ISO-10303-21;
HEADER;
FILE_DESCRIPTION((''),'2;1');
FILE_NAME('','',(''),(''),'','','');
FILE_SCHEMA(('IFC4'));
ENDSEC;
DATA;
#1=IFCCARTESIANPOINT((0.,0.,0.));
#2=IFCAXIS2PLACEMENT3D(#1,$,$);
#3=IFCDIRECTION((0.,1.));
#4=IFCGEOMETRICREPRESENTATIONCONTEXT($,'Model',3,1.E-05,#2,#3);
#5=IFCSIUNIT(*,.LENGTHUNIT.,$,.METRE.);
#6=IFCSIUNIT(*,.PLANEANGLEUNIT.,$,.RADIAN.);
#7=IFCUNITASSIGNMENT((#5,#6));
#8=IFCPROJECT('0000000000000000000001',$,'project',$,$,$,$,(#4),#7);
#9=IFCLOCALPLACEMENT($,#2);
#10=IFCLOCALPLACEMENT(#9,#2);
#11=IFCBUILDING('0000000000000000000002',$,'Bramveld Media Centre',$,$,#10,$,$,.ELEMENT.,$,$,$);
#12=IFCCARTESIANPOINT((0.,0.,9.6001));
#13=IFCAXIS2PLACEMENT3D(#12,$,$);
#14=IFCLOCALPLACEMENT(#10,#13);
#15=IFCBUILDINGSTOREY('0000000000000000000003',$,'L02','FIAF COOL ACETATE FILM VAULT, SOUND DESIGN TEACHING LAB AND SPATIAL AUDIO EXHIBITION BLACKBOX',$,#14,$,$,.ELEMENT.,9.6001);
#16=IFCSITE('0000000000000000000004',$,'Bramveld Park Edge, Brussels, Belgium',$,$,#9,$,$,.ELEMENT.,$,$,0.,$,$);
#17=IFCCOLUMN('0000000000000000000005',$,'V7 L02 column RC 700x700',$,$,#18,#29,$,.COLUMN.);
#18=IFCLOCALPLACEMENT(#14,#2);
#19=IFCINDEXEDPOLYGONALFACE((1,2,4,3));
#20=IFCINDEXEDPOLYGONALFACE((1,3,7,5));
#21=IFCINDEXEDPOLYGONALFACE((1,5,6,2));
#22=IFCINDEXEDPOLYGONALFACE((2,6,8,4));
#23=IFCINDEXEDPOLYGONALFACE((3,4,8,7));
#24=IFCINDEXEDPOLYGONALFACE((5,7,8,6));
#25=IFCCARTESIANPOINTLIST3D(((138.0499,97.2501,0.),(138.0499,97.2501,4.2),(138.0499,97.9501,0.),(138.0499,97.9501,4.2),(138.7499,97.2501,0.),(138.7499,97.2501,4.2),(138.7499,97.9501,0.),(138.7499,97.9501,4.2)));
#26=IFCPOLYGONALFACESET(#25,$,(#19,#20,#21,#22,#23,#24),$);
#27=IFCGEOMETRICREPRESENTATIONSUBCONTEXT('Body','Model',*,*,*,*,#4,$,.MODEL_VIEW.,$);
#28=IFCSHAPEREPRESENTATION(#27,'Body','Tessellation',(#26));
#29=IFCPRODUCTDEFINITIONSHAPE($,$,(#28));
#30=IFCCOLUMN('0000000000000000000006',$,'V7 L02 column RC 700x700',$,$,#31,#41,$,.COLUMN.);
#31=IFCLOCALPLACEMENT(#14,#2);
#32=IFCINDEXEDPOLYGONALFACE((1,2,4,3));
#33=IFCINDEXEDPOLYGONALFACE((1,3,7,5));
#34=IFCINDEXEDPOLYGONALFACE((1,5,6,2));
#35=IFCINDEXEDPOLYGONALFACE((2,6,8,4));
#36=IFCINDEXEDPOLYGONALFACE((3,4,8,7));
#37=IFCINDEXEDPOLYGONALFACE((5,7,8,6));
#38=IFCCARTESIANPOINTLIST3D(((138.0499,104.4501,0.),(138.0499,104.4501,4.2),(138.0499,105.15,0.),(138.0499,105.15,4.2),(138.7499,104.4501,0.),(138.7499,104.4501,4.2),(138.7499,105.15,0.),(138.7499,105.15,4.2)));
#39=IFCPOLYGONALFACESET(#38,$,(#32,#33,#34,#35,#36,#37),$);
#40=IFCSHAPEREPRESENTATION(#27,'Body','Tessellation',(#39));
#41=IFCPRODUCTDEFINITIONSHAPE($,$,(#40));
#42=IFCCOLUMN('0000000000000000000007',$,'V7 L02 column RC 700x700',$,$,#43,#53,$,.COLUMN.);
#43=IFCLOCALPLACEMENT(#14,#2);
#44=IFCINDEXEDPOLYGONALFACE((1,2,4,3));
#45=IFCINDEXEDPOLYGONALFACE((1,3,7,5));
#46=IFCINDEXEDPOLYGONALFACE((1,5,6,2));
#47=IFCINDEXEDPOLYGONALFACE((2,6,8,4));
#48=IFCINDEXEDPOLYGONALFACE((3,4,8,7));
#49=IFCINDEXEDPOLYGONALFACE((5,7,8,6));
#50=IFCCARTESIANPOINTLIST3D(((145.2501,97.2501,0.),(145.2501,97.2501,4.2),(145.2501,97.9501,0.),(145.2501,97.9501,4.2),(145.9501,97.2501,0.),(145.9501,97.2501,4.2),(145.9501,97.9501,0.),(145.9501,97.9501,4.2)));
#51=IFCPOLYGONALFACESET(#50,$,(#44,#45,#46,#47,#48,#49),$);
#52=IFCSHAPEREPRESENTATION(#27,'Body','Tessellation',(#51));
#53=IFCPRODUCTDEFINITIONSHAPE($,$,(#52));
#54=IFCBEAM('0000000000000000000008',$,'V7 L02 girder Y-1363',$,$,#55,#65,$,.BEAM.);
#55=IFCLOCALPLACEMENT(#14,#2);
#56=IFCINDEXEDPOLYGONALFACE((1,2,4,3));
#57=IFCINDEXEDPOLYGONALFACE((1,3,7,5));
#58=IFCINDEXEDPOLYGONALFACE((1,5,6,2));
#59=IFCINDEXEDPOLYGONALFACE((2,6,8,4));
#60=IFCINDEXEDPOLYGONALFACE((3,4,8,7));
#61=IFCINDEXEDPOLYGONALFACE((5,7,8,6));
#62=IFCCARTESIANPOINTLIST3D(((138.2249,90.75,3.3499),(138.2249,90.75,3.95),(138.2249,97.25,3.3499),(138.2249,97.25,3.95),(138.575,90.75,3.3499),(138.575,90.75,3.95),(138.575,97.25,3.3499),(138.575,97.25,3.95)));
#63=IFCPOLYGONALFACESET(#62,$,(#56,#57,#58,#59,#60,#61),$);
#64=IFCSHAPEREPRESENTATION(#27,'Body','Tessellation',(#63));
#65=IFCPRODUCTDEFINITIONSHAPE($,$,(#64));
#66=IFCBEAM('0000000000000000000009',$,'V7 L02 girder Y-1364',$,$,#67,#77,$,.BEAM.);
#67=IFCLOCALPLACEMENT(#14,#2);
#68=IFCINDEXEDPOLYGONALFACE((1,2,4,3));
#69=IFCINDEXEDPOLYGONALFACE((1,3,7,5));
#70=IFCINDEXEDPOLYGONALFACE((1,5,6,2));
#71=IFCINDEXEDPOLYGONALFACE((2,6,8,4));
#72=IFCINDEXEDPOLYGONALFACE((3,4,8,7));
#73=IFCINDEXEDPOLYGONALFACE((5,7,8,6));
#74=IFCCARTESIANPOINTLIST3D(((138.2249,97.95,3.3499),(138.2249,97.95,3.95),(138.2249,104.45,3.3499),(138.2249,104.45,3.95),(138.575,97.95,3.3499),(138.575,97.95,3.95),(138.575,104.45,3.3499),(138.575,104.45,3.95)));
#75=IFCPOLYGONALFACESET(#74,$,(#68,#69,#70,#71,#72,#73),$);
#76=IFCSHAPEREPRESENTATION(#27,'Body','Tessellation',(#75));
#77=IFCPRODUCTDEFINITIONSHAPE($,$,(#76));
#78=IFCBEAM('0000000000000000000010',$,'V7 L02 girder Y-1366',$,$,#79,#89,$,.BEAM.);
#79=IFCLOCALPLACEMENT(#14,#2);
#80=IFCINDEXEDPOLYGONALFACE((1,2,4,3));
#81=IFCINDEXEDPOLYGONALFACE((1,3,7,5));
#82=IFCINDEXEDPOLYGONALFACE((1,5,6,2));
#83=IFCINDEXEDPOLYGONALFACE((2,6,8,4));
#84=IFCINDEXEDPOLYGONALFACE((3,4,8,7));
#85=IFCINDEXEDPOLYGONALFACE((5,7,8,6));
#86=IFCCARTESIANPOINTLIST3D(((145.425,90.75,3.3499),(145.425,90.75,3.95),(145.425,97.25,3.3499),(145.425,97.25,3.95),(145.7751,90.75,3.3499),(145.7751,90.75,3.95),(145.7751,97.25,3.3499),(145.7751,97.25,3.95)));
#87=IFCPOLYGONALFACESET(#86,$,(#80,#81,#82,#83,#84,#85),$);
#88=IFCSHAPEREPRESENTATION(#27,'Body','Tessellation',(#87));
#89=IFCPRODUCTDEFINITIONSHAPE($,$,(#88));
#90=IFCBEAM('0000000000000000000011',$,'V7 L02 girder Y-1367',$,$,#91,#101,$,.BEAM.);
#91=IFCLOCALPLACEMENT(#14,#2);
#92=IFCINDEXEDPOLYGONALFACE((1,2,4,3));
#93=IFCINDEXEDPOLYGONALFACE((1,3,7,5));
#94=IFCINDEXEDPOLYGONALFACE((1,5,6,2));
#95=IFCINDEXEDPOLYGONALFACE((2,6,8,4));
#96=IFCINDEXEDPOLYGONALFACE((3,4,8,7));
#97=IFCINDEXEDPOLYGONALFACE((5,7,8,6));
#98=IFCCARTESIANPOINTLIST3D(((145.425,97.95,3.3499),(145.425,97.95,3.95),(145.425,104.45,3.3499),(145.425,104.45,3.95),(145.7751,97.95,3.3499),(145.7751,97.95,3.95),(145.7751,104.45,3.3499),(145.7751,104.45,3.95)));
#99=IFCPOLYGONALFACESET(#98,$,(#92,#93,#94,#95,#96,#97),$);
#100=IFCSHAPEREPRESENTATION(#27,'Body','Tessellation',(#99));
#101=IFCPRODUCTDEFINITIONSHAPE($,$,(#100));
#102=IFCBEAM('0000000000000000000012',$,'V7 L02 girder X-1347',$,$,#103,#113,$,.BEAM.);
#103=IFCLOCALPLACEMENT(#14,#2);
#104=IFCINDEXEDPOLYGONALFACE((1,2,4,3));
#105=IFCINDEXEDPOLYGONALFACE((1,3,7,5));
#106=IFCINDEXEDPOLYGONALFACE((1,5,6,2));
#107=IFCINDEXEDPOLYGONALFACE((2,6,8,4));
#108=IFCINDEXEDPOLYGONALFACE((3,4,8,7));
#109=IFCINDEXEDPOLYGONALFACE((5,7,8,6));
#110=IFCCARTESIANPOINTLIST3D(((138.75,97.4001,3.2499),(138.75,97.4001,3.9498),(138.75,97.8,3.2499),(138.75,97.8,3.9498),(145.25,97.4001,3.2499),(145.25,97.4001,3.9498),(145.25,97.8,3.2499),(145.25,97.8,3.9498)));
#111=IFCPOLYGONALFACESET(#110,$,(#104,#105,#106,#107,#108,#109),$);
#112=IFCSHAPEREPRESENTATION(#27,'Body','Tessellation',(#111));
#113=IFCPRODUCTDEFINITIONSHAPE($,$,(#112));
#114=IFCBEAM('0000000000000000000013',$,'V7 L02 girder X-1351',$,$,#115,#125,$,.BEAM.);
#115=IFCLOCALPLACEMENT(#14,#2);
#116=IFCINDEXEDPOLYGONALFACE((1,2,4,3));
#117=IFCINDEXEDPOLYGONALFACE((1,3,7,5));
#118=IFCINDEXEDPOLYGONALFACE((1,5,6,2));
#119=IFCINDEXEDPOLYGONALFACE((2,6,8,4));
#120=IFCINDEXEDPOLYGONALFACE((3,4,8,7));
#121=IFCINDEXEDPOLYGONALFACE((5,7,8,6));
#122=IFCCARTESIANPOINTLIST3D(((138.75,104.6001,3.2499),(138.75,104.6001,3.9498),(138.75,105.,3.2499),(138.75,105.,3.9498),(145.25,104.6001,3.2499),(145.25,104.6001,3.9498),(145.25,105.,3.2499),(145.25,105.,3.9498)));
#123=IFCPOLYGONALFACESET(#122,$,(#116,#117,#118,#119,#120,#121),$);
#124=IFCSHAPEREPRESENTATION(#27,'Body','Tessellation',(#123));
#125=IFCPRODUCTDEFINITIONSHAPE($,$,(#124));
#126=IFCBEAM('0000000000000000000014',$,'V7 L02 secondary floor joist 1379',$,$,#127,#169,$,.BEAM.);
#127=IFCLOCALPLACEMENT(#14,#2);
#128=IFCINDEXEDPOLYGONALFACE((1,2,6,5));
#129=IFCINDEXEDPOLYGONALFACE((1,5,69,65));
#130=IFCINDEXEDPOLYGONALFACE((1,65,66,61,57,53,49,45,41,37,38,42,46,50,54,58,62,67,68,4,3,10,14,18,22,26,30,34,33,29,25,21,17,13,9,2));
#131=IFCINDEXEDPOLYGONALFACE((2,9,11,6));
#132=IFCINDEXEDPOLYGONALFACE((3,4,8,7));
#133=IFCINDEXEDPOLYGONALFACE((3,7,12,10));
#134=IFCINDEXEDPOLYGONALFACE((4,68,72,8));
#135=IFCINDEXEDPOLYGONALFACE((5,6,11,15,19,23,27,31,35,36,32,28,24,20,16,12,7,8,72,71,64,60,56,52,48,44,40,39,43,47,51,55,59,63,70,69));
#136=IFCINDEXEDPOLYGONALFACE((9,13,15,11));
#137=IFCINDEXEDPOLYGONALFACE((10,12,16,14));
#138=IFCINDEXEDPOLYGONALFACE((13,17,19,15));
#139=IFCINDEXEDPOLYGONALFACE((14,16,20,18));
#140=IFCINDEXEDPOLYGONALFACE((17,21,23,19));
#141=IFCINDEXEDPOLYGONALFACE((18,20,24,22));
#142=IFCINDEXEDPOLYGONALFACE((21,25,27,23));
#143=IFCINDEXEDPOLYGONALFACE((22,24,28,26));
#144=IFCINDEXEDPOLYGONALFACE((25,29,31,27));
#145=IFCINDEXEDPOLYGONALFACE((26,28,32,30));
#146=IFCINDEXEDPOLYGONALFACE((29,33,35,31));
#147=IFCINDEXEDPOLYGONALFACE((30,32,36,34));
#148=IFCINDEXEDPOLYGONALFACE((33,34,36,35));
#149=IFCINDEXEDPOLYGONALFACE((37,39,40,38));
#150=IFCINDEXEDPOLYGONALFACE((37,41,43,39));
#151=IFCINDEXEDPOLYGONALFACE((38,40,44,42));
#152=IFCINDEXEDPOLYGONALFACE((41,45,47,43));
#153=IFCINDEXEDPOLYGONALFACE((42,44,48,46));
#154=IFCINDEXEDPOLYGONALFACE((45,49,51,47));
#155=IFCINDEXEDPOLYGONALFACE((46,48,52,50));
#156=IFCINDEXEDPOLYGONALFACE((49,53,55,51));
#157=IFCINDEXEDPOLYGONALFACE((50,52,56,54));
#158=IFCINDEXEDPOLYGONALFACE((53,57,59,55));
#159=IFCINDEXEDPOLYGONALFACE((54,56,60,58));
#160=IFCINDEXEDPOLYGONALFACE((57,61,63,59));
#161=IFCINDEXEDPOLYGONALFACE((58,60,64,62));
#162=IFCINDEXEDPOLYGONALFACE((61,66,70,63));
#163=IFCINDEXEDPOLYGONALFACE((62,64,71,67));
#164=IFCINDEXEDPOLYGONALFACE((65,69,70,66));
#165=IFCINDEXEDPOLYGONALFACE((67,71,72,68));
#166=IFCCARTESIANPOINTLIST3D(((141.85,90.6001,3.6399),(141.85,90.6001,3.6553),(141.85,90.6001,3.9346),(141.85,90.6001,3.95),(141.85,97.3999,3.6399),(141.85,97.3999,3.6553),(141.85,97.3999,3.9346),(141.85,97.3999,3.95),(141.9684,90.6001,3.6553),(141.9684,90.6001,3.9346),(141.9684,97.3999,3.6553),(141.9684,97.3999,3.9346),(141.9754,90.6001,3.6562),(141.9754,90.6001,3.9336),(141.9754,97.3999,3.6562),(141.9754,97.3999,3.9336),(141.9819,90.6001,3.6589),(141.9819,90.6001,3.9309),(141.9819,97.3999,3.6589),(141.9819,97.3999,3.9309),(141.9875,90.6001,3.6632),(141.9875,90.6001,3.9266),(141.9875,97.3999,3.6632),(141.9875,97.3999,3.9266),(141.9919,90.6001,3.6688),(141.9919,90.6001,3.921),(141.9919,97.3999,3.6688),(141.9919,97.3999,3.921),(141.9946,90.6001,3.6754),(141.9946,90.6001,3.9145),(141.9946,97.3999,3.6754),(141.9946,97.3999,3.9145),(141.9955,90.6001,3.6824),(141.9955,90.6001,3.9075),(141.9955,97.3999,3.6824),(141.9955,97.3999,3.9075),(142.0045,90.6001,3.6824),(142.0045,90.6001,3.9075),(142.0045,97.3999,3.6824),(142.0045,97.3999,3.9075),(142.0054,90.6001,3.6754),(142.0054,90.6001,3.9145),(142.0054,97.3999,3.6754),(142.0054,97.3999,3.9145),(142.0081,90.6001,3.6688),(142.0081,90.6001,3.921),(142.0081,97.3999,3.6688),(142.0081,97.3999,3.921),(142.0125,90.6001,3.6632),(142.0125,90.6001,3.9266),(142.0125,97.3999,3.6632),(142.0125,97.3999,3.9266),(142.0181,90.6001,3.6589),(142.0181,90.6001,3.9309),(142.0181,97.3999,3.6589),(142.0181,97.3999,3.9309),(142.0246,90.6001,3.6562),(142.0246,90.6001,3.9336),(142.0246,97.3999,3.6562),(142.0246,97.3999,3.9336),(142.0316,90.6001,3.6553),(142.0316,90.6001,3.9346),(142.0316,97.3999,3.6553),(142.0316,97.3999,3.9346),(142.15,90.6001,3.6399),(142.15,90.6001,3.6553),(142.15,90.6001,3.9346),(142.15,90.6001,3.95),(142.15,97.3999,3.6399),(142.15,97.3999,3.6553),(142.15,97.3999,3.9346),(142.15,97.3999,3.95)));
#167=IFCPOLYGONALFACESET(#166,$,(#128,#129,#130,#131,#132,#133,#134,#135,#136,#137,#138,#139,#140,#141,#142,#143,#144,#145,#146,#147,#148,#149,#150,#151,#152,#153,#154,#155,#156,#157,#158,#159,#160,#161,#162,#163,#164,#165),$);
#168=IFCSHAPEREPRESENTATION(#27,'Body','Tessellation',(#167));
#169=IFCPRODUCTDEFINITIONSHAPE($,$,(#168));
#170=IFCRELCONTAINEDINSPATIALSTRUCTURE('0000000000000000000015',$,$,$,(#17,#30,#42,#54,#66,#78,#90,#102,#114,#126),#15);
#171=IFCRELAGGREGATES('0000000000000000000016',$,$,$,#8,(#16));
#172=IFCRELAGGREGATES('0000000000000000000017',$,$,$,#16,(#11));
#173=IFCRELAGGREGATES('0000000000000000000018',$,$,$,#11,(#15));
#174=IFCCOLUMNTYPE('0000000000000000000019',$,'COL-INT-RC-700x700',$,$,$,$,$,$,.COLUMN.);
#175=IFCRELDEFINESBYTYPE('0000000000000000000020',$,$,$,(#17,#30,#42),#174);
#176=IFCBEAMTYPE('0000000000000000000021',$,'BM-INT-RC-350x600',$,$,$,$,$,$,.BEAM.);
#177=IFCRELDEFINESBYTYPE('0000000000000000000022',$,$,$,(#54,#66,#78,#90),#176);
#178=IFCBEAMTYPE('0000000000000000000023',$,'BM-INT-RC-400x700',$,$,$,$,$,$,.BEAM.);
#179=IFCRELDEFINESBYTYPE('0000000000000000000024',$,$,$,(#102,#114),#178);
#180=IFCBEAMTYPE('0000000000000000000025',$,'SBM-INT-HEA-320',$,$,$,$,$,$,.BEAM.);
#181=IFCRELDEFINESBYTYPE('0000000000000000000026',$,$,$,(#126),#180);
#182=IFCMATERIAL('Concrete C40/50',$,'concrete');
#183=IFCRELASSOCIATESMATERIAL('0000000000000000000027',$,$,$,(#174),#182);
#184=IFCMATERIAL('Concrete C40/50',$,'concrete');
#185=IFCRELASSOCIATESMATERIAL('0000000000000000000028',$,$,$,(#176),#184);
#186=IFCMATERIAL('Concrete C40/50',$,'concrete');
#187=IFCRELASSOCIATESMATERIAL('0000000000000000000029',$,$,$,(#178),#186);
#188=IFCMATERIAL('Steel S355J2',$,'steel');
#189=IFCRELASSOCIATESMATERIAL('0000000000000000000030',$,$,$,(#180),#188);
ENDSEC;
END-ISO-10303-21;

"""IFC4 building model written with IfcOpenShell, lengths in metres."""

from ifc_helpers import new_model, si_unit, direction, frame, origin, origin_2d, place, context, subcontext, project, spatial, rectangle, i_section, extrude, material, material_profile, profile_set, type_object, element, save


model = new_model("IFC4")

# Units and contexts
model_context = context("Model", 3, precision=1e-05, world=origin(), true_north=direction((0.0, 1.0)))
body_context = subcontext(model_context, "Body", "Model", "MODEL_VIEW")
ifc_project = project(units=[si_unit("LENGTHUNIT", "METRE"), si_unit("PLANEANGLEUNIT", "RADIAN")], contexts=[model_context])

# Site, building, storey
site_placement = place(None, origin())
site = spatial("IfcSite", under=ifc_project, at=site_placement, Name="Bramveld Park Edge, Brussels, Belgium", CompositionType="ELEMENT", RefElevation=0.0)
building_placement = place(site_placement, origin())
building = spatial("IfcBuilding", under=site, at=building_placement, Name="Bramveld Media Centre", CompositionType="ELEMENT")
storey_placement = place(building_placement, frame((0.0, 0.0, 9.6001)))
storey = spatial("IfcBuildingStorey", under=building, at=storey_placement, Name="L02", Description="FIAF COOL ACETATE FILM VAULT, SOUND DESIGN TEACHING LAB AND SPATIAL AUDIO EXHIBITION BLACKBOX", CompositionType="ELEMENT", Elevation=9.6001)

# Columns
ifc_material_1 = material(Name="Concrete C40/50", Category="concrete")
ifc_material_profile_1 = material_profile(ifc_material_1, rectangle(XDim=0.7, YDim=0.7, at=origin_2d()), Name="RC 700x700")
ifc_profile_set_1 = profile_set([ifc_material_profile_1], Name="Concrete C40/50")
column_type = type_object("IfcColumnType", Name="COL-INT-RC-700x700", PredefinedType="COLUMN", material=ifc_profile_set_1)
for number, where, z_axis, x_axis, name in (
    (1, (138.3999, 97.6001, 0.0), (0.0, 0.0, 1.0), (1.0, 0.0, 0.0), "V7 L02 column RC 700x700"),
    (2, (138.3999, 104.8, 0.0), (0.0, 0.0, 1.0), (1.0, 0.0, 0.0), "V7 L02 column RC 700x700"),
    (3, (145.6001, 97.6001, 0.0), (0.0, 0.0, 1.0), (1.0, 0.0, 0.0), "V7 L02 column RC 700x700"),
):
    element("IfcColumn", number, at=place(storey_placement, frame(where, z_axis=z_axis, x_axis=x_axis)), inside=storey, type_object=column_type, Name=name, PredefinedType="COLUMN", context=body_context, shape_type="SweptSolid", body=[
        extrude(rectangle(XDim=0.7, YDim=0.7, at=origin_2d()), origin(), (0.0, 0.0, 1.0), 4.2),
    ])

# Beams
ifc_material_2 = material(Name="Concrete C40/50", Category="concrete")
ifc_material_profile_2 = material_profile(ifc_material_2, rectangle(XDim=0.3501, YDim=0.6001, at=origin_2d()), Name="RC 350x600")
ifc_profile_set_2 = profile_set([ifc_material_profile_2], Name="Concrete C40/50")
beam_type_1 = type_object("IfcBeamType", Name="BM-INT-RC-350x600", PredefinedType="BEAM", material=ifc_profile_set_2)
for number, where, z_axis, x_axis, name in (
    (4, (138.3999, 90.75, 3.6499), (0.0, 1.0, 0.0), (-1.0, 0.0, 0.0), "V7 L02 girder Y-1363"),
    (5, (138.3999, 97.95, 3.6499), (0.0, 1.0, 0.0), (-1.0, 0.0, 0.0), "V7 L02 girder Y-1364"),
    (6, (145.6001, 90.75, 3.6499), (0.0, 1.0, 0.0), (-1.0, 0.0, 0.0), "V7 L02 girder Y-1366"),
    (7, (145.6001, 97.95, 3.6499), (0.0, 1.0, 0.0), (-1.0, 0.0, 0.0), "V7 L02 girder Y-1367"),
):
    element("IfcBeam", number, at=place(storey_placement, frame(where, z_axis=z_axis, x_axis=x_axis)), inside=storey, type_object=beam_type_1, Name=name, PredefinedType="BEAM", context=body_context, shape_type="SweptSolid", body=[
        extrude(rectangle(XDim=0.3501, YDim=0.6001, at=origin_2d()), origin(), (0.0, 0.0, 1.0), 6.5),
    ])
ifc_material_3 = material(Name="Concrete C40/50", Category="concrete")
ifc_material_profile_3 = material_profile(ifc_material_3, rectangle(XDim=0.3999, YDim=0.7, at=origin_2d()), Name="RC 400x700")
ifc_profile_set_3 = profile_set([ifc_material_profile_3], Name="Concrete C40/50")
beam_type_2 = type_object("IfcBeamType", Name="BM-INT-RC-400x700", PredefinedType="BEAM", material=ifc_profile_set_3)
for number, where, z_axis, x_axis, name in (
    (8, (138.75, 97.6001, 3.5999), (1.0, 0.0, 0.0), (0.0, 1.0, 0.0), "V7 L02 girder X-1347"),
    (9, (138.75, 104.8, 3.5999), (1.0, 0.0, 0.0), (0.0, 1.0, 0.0), "V7 L02 girder X-1351"),
):
    element("IfcBeam", number, at=place(storey_placement, frame(where, z_axis=z_axis, x_axis=x_axis)), inside=storey, type_object=beam_type_2, Name=name, PredefinedType="BEAM", context=body_context, shape_type="SweptSolid", body=[
        extrude(rectangle(XDim=0.3999, YDim=0.7, at=origin_2d()), origin(), (0.0, 0.0, 1.0), 6.5),
    ])
ifc_material_4 = material(Name="Steel S355J2", Category="steel")
ifc_material_profile_4 = material_profile(ifc_material_4, i_section(OverallWidth=0.3, OverallDepth=0.3101, WebThickness=0.009, FlangeThickness=0.0154, FilletRadius=0.0271, at=origin_2d()), Name="HEA 320")
ifc_profile_set_4 = profile_set([ifc_material_profile_4], Name="Steel S355J2")
beam_type_3 = type_object("IfcBeamType", Name="SBM-INT-HEA-320", PredefinedType="BEAM", material=ifc_profile_set_4)
beam_1_placement = place(storey_placement, frame((142.0, 90.6001, 3.7949), z_axis=(0.0, 1.0, 0.0), x_axis=(-1.0, 0.0, 0.0)))
element("IfcBeam", 10, at=beam_1_placement, inside=storey, type_object=beam_type_3, Name="V7 L02 secondary floor joist 1379", PredefinedType="BEAM", context=body_context, shape_type="SweptSolid", body=[
    extrude(i_section(OverallWidth=0.3, OverallDepth=0.3101, WebThickness=0.009, FlangeThickness=0.0154, FilletRadius=0.0271, at=origin_2d()), origin(), (0.0, 0.0, 1.0), 6.7998),
])

save(model, "model.ifc")
